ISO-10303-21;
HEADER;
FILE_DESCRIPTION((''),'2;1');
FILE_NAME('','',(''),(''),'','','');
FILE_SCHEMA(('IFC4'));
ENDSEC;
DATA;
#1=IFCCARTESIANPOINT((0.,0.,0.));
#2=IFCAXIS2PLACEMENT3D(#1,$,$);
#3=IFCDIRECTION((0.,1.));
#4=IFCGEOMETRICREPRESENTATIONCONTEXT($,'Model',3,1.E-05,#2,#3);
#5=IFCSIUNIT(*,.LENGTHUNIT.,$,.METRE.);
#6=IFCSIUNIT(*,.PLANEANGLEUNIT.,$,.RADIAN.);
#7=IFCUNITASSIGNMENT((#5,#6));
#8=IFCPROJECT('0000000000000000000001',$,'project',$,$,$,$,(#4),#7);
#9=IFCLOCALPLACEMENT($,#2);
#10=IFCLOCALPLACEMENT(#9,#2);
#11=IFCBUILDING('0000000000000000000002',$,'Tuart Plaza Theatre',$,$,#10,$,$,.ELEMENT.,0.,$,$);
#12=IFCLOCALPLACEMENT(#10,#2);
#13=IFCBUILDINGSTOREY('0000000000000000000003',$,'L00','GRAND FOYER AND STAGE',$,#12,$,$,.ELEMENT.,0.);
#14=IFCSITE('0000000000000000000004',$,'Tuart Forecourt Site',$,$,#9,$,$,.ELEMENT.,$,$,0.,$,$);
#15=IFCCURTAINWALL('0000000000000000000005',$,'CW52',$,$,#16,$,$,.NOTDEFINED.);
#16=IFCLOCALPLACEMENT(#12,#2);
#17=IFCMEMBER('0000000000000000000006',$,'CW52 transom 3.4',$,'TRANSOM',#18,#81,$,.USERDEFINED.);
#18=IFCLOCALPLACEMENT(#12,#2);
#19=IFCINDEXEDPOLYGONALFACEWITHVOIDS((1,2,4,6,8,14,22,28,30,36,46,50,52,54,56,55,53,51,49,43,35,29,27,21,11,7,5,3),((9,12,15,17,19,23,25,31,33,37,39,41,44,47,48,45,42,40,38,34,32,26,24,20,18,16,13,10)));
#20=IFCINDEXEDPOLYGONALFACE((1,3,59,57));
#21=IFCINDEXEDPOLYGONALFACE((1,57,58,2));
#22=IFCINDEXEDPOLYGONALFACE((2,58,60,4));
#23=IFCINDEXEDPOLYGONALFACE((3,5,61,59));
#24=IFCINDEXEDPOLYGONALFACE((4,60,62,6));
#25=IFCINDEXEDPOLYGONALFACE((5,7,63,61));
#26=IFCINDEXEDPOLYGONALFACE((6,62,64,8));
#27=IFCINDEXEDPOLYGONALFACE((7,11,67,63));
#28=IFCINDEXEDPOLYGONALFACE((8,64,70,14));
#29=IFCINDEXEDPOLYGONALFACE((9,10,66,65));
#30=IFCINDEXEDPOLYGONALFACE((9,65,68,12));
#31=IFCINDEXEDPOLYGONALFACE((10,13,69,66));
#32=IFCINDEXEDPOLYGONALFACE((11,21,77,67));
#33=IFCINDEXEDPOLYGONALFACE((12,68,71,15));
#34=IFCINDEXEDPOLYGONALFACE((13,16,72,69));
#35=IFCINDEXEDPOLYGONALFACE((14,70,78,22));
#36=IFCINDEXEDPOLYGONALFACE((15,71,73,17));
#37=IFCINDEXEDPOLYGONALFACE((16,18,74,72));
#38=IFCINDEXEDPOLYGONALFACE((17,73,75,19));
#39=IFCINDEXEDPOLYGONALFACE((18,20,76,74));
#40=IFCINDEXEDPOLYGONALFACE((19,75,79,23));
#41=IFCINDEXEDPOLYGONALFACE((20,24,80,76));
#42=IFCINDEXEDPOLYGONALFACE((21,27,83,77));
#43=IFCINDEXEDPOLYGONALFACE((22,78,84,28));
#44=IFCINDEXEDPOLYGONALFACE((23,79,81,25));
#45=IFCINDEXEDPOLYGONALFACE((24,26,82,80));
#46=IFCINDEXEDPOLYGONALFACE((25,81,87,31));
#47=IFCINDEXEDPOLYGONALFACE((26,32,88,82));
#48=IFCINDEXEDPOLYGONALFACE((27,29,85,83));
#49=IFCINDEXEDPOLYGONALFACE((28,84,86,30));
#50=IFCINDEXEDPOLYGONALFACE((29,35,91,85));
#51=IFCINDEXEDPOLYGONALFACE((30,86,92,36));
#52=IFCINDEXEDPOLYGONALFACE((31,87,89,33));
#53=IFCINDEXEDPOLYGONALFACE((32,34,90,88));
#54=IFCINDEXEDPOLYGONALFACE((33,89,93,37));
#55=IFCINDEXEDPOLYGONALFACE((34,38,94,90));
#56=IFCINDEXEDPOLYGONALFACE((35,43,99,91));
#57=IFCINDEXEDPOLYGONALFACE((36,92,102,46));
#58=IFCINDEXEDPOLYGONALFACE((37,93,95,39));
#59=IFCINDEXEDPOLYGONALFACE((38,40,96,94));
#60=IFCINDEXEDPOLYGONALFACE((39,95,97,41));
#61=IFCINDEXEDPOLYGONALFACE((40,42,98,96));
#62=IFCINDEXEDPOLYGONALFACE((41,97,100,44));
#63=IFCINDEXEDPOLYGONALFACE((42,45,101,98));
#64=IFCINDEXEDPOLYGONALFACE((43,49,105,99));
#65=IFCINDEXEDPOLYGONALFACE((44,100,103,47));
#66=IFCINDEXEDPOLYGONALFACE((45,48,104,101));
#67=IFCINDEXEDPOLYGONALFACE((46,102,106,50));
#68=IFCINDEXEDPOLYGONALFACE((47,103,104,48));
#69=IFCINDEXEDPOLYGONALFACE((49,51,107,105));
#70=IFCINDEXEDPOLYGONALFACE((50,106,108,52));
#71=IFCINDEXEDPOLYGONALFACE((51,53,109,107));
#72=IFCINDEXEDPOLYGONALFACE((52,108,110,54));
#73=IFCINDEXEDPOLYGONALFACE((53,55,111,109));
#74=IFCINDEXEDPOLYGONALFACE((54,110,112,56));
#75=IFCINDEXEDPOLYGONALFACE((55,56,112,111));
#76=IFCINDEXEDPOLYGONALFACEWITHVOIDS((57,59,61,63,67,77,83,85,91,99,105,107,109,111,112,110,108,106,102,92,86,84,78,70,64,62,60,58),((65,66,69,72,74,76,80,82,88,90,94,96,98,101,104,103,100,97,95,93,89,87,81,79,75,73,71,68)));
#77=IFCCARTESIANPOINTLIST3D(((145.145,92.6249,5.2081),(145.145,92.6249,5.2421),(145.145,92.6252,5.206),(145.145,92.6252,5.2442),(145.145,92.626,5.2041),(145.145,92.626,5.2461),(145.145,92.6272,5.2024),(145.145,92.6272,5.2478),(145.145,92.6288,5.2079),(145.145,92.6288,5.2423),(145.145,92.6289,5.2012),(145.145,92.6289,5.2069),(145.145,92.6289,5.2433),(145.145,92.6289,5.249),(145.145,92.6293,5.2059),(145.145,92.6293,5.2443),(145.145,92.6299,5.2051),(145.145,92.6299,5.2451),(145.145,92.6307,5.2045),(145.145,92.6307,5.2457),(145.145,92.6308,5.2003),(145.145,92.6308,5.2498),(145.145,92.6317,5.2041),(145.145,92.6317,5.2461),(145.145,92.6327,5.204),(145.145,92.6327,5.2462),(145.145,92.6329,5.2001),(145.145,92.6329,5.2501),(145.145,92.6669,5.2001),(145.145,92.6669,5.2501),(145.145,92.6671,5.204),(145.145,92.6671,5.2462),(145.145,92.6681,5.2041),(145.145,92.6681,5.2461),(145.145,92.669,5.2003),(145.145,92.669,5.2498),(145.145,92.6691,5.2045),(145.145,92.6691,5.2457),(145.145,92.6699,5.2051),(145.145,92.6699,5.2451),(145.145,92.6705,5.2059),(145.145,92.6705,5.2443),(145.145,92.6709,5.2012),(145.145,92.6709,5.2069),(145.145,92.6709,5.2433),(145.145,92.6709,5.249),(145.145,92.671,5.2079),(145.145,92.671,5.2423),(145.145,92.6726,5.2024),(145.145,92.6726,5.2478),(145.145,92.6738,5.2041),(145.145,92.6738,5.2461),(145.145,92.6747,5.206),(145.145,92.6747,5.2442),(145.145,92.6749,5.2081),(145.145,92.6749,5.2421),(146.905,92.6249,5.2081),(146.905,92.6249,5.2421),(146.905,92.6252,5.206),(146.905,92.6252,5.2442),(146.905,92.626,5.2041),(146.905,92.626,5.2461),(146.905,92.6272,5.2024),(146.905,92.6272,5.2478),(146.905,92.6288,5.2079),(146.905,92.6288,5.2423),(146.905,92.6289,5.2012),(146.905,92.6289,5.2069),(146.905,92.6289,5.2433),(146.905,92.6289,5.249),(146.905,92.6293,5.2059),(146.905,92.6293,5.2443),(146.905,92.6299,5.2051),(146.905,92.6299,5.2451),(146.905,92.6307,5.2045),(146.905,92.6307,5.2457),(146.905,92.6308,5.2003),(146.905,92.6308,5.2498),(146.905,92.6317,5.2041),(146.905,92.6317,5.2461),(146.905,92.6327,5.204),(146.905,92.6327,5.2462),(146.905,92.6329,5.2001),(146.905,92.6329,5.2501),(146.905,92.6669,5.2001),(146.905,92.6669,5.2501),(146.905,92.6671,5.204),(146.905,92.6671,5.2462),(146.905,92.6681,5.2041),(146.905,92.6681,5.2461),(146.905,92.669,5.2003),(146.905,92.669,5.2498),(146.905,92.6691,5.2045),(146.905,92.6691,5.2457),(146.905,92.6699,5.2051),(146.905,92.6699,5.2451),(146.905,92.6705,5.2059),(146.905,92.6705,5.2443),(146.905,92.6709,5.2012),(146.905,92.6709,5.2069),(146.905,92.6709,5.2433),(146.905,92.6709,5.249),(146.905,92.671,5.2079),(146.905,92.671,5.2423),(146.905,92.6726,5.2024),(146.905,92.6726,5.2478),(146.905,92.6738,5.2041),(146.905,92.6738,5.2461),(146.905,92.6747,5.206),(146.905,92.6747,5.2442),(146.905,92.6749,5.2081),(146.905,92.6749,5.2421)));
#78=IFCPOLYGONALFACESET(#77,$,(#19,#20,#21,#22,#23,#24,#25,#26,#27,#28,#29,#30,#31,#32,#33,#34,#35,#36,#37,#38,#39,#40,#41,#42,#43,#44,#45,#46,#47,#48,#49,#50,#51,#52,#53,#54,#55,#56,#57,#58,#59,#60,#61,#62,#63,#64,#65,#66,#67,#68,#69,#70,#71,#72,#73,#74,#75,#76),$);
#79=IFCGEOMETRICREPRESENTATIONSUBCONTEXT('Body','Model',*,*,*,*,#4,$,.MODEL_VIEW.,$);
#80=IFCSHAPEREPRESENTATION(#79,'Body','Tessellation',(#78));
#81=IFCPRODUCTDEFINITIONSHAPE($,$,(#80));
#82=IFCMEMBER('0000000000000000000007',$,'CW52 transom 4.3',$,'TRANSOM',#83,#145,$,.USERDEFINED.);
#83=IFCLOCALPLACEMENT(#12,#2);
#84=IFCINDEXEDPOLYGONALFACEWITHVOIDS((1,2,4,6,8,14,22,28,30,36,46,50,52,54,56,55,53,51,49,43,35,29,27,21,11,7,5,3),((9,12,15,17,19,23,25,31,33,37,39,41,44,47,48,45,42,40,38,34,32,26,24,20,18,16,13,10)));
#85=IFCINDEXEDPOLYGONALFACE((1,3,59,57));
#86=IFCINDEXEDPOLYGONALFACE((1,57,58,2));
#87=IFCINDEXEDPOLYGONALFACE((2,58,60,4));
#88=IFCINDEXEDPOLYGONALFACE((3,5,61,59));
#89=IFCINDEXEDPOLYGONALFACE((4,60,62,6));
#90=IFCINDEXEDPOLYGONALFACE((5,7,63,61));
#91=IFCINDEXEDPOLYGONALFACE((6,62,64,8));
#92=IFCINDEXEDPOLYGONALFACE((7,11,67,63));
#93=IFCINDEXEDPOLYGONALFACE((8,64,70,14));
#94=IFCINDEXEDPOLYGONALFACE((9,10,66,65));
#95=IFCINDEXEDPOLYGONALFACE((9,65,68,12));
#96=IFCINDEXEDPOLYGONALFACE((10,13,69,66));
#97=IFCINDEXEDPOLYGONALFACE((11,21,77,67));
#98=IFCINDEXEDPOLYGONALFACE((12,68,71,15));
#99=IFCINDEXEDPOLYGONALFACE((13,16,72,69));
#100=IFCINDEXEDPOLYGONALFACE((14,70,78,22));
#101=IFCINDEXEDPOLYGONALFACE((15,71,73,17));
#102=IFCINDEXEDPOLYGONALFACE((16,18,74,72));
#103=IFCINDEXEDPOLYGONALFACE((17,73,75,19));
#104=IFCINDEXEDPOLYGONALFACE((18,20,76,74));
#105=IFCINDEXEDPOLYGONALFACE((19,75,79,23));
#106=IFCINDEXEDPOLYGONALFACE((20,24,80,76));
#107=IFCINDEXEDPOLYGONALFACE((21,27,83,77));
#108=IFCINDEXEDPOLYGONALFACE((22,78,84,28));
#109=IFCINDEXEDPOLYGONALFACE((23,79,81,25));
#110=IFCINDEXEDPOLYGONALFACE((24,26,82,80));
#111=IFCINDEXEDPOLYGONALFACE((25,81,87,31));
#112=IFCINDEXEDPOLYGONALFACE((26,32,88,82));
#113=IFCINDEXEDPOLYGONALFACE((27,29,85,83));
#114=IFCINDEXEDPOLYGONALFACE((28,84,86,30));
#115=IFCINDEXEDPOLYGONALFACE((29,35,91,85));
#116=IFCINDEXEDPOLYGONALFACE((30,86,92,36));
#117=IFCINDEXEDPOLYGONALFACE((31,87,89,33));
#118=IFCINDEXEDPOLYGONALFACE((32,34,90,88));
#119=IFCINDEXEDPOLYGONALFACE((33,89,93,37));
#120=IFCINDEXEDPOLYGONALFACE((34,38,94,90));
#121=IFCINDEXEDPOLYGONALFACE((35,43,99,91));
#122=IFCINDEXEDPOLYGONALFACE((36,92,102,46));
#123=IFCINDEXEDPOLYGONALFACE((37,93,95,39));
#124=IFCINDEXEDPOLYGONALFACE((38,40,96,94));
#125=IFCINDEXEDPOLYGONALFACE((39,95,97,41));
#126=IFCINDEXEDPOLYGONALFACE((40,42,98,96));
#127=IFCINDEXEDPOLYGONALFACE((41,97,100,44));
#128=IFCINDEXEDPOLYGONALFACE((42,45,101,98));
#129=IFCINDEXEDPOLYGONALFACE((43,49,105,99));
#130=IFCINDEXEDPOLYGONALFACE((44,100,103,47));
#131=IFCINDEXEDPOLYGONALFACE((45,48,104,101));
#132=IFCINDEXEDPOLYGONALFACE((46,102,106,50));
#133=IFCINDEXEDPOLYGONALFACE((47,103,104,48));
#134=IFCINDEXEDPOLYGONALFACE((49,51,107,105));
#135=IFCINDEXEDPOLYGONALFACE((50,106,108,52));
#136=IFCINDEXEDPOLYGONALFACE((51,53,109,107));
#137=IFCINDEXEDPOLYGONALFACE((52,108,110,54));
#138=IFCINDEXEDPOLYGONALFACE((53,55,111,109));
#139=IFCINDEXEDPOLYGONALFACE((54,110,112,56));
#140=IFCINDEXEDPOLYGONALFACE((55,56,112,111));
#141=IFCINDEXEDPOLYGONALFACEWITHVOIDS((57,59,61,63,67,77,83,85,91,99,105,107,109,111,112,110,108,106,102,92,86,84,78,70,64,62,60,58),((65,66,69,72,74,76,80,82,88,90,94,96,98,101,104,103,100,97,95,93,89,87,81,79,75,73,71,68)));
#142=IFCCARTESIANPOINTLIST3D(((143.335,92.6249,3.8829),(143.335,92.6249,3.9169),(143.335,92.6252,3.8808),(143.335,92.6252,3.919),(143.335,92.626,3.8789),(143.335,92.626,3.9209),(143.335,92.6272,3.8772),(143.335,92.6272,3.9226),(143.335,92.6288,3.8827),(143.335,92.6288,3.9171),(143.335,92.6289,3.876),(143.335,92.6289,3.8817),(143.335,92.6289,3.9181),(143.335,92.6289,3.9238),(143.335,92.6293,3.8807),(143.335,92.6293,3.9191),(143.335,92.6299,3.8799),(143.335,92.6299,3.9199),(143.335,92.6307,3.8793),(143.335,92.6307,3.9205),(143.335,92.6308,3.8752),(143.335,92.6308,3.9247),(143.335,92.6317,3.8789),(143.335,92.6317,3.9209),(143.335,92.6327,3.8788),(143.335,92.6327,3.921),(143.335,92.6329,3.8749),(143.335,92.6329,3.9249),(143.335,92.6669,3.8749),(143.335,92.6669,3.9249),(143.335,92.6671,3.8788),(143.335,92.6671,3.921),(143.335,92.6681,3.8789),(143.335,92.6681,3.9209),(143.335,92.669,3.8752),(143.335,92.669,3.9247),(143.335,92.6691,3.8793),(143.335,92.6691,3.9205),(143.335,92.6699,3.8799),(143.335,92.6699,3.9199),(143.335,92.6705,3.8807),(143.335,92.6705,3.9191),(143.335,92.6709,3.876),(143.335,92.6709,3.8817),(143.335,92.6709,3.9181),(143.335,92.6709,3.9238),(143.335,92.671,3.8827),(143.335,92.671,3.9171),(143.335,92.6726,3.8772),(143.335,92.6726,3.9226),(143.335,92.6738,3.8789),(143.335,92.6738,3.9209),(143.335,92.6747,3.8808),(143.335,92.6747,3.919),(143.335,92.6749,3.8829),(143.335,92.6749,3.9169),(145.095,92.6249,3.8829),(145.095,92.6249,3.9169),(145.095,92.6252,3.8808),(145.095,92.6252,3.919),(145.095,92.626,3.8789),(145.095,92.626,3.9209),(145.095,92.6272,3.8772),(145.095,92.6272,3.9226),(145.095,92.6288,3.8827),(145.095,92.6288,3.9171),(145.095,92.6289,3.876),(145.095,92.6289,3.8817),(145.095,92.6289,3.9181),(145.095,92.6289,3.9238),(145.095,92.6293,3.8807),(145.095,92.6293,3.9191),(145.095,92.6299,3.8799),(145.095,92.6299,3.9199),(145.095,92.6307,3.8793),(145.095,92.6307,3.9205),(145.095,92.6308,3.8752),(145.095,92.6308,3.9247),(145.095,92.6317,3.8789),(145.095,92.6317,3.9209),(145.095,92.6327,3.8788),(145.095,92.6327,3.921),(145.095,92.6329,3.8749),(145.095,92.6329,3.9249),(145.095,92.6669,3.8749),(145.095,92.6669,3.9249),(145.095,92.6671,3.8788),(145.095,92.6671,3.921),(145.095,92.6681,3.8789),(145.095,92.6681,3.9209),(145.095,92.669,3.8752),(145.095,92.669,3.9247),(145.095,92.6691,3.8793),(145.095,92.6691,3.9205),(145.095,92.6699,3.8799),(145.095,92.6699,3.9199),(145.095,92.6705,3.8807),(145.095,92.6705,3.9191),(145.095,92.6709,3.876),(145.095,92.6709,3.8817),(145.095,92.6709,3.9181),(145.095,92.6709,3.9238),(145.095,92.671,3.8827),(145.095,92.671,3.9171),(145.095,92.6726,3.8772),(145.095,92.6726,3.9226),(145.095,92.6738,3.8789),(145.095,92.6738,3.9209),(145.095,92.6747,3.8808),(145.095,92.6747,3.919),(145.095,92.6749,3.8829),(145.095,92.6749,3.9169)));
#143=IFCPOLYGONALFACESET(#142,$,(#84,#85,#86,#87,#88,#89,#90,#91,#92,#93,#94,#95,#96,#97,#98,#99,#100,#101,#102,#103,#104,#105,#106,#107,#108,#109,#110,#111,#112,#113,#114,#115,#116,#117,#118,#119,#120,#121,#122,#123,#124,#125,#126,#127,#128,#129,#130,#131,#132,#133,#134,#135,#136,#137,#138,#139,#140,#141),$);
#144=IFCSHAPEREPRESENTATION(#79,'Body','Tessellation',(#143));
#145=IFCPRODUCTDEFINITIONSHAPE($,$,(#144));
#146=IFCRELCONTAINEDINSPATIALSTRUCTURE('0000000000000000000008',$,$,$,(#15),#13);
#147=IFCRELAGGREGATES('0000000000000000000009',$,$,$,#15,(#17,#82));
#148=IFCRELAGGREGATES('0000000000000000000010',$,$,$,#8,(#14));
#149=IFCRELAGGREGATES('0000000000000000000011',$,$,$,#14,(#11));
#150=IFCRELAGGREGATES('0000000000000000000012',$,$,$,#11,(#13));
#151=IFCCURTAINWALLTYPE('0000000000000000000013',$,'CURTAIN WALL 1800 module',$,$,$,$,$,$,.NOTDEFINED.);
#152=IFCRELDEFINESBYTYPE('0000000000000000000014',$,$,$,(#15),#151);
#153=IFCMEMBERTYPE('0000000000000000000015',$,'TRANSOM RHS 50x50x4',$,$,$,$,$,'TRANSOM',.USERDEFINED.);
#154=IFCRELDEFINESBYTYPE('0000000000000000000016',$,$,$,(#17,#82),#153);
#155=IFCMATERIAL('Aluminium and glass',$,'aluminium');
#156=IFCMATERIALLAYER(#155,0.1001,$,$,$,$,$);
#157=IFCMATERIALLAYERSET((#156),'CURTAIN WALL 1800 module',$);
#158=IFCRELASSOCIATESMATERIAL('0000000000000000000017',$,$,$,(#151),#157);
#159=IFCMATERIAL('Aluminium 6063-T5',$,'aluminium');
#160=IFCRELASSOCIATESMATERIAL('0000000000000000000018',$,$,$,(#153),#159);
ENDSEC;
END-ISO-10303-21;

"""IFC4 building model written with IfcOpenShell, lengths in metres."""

from ifc_helpers import new_model, si_unit, direction, frame, origin, origin_2d, place, context, subcontext, project, spatial, hollow_rectangle, extrude, material, layer, layer_set, material_profile, profile_set, type_object, element, aggregate, save


model = new_model("IFC4")

# Units and contexts
model_context = context("Model", 3, precision=1e-05, world=origin(), true_north=direction((0.0, 1.0)))
body_context = subcontext(model_context, "Body", "Model", "MODEL_VIEW")
ifc_project = project(units=[si_unit("LENGTHUNIT", "METRE"), si_unit("PLANEANGLEUNIT", "RADIAN")], contexts=[model_context])

# Site, building, storey
site_placement = place(None, origin())
site = spatial("IfcSite", under=ifc_project, at=site_placement, Name="Tuart Forecourt Site", CompositionType="ELEMENT", RefElevation=0.0)
building_placement = place(site_placement, origin())
building = spatial("IfcBuilding", under=site, at=building_placement, Name="Tuart Plaza Theatre", CompositionType="ELEMENT", ElevationOfRefHeight=0.0)
storey_placement = place(building_placement, origin())
storey = spatial("IfcBuildingStorey", under=building, at=storey_placement, Name="L00", Description="GRAND FOYER AND STAGE", CompositionType="ELEMENT", Elevation=0.0)

# Curtain wall, members
ifc_material_1 = material(Name="Aluminium and glass", Category="aluminium")
ifc_layer_1 = layer(ifc_material_1, 0.1001)
ifc_layer_set_1 = layer_set([ifc_layer_1], Name="CURTAIN WALL 1800 module")
curtain_wall_type = type_object("IfcCurtainWallType", Name="CURTAIN WALL 1800 module", PredefinedType="NOTDEFINED", material=ifc_layer_set_1)
curtain_wall_placement = place(storey_placement, origin())
curtain_wall = element("IfcCurtainWall", 1, at=curtain_wall_placement, inside=storey, type_object=curtain_wall_type, Name="CW52", PredefinedType="NOTDEFINED")
ifc_material_2 = material(Name="Aluminium 6063-T5", Category="aluminium")
ifc_material_profile_1 = material_profile(ifc_material_2, hollow_rectangle(XDim=0.05, YDim=0.05, WallThickness=0.0039, InnerFilletRadius=0.0039, OuterFilletRadius=0.0081, at=origin_2d()), Name="RHS 50x50x4")
ifc_profile_set_1 = profile_set([ifc_material_profile_1], Name="Aluminium 6063-T5")
member_type_1 = type_object("IfcMemberType", Name="TRANSOM RHS 50x50x4", ElementType="TRANSOM", PredefinedType="USERDEFINED", material=ifc_profile_set_1)
member_1_placement = place(storey_placement, frame((146.905, 92.6499, 5.2251), z_axis=(-1.0, 0.0, 0.0), x_axis=(0.0, -1.0, 0.0)))
member_1 = element("IfcMember", 2, at=member_1_placement, type_object=member_type_1, Name="CW52 transom 3.4", ObjectType="TRANSOM", PredefinedType="USERDEFINED", context=body_context, shape_type="SweptSolid", body=[
    extrude(hollow_rectangle(XDim=0.05, YDim=0.05, WallThickness=0.0039, InnerFilletRadius=0.0039, OuterFilletRadius=0.0081, at=origin_2d()), origin(), (0.0, 0.0, 1.0), 1.76),
])
member_2_placement = place(storey_placement, frame((145.095, 92.6499, 3.8999), z_axis=(-1.0, 0.0, 0.0), x_axis=(0.0, -1.0, 0.0)))
member_2 = element("IfcMember", 3, at=member_2_placement, type_object=member_type_1, Name="CW52 transom 4.3", ObjectType="TRANSOM", PredefinedType="USERDEFINED", context=body_context, shape_type="SweptSolid", body=[
    extrude(hollow_rectangle(XDim=0.05, YDim=0.05, WallThickness=0.0039, InnerFilletRadius=0.0039, OuterFilletRadius=0.0081, at=origin_2d()), origin(), (0.0, 0.0, 1.0), 1.76),
])
aggregate(curtain_wall, [member_1, member_2])

save(model, "model.ifc")
